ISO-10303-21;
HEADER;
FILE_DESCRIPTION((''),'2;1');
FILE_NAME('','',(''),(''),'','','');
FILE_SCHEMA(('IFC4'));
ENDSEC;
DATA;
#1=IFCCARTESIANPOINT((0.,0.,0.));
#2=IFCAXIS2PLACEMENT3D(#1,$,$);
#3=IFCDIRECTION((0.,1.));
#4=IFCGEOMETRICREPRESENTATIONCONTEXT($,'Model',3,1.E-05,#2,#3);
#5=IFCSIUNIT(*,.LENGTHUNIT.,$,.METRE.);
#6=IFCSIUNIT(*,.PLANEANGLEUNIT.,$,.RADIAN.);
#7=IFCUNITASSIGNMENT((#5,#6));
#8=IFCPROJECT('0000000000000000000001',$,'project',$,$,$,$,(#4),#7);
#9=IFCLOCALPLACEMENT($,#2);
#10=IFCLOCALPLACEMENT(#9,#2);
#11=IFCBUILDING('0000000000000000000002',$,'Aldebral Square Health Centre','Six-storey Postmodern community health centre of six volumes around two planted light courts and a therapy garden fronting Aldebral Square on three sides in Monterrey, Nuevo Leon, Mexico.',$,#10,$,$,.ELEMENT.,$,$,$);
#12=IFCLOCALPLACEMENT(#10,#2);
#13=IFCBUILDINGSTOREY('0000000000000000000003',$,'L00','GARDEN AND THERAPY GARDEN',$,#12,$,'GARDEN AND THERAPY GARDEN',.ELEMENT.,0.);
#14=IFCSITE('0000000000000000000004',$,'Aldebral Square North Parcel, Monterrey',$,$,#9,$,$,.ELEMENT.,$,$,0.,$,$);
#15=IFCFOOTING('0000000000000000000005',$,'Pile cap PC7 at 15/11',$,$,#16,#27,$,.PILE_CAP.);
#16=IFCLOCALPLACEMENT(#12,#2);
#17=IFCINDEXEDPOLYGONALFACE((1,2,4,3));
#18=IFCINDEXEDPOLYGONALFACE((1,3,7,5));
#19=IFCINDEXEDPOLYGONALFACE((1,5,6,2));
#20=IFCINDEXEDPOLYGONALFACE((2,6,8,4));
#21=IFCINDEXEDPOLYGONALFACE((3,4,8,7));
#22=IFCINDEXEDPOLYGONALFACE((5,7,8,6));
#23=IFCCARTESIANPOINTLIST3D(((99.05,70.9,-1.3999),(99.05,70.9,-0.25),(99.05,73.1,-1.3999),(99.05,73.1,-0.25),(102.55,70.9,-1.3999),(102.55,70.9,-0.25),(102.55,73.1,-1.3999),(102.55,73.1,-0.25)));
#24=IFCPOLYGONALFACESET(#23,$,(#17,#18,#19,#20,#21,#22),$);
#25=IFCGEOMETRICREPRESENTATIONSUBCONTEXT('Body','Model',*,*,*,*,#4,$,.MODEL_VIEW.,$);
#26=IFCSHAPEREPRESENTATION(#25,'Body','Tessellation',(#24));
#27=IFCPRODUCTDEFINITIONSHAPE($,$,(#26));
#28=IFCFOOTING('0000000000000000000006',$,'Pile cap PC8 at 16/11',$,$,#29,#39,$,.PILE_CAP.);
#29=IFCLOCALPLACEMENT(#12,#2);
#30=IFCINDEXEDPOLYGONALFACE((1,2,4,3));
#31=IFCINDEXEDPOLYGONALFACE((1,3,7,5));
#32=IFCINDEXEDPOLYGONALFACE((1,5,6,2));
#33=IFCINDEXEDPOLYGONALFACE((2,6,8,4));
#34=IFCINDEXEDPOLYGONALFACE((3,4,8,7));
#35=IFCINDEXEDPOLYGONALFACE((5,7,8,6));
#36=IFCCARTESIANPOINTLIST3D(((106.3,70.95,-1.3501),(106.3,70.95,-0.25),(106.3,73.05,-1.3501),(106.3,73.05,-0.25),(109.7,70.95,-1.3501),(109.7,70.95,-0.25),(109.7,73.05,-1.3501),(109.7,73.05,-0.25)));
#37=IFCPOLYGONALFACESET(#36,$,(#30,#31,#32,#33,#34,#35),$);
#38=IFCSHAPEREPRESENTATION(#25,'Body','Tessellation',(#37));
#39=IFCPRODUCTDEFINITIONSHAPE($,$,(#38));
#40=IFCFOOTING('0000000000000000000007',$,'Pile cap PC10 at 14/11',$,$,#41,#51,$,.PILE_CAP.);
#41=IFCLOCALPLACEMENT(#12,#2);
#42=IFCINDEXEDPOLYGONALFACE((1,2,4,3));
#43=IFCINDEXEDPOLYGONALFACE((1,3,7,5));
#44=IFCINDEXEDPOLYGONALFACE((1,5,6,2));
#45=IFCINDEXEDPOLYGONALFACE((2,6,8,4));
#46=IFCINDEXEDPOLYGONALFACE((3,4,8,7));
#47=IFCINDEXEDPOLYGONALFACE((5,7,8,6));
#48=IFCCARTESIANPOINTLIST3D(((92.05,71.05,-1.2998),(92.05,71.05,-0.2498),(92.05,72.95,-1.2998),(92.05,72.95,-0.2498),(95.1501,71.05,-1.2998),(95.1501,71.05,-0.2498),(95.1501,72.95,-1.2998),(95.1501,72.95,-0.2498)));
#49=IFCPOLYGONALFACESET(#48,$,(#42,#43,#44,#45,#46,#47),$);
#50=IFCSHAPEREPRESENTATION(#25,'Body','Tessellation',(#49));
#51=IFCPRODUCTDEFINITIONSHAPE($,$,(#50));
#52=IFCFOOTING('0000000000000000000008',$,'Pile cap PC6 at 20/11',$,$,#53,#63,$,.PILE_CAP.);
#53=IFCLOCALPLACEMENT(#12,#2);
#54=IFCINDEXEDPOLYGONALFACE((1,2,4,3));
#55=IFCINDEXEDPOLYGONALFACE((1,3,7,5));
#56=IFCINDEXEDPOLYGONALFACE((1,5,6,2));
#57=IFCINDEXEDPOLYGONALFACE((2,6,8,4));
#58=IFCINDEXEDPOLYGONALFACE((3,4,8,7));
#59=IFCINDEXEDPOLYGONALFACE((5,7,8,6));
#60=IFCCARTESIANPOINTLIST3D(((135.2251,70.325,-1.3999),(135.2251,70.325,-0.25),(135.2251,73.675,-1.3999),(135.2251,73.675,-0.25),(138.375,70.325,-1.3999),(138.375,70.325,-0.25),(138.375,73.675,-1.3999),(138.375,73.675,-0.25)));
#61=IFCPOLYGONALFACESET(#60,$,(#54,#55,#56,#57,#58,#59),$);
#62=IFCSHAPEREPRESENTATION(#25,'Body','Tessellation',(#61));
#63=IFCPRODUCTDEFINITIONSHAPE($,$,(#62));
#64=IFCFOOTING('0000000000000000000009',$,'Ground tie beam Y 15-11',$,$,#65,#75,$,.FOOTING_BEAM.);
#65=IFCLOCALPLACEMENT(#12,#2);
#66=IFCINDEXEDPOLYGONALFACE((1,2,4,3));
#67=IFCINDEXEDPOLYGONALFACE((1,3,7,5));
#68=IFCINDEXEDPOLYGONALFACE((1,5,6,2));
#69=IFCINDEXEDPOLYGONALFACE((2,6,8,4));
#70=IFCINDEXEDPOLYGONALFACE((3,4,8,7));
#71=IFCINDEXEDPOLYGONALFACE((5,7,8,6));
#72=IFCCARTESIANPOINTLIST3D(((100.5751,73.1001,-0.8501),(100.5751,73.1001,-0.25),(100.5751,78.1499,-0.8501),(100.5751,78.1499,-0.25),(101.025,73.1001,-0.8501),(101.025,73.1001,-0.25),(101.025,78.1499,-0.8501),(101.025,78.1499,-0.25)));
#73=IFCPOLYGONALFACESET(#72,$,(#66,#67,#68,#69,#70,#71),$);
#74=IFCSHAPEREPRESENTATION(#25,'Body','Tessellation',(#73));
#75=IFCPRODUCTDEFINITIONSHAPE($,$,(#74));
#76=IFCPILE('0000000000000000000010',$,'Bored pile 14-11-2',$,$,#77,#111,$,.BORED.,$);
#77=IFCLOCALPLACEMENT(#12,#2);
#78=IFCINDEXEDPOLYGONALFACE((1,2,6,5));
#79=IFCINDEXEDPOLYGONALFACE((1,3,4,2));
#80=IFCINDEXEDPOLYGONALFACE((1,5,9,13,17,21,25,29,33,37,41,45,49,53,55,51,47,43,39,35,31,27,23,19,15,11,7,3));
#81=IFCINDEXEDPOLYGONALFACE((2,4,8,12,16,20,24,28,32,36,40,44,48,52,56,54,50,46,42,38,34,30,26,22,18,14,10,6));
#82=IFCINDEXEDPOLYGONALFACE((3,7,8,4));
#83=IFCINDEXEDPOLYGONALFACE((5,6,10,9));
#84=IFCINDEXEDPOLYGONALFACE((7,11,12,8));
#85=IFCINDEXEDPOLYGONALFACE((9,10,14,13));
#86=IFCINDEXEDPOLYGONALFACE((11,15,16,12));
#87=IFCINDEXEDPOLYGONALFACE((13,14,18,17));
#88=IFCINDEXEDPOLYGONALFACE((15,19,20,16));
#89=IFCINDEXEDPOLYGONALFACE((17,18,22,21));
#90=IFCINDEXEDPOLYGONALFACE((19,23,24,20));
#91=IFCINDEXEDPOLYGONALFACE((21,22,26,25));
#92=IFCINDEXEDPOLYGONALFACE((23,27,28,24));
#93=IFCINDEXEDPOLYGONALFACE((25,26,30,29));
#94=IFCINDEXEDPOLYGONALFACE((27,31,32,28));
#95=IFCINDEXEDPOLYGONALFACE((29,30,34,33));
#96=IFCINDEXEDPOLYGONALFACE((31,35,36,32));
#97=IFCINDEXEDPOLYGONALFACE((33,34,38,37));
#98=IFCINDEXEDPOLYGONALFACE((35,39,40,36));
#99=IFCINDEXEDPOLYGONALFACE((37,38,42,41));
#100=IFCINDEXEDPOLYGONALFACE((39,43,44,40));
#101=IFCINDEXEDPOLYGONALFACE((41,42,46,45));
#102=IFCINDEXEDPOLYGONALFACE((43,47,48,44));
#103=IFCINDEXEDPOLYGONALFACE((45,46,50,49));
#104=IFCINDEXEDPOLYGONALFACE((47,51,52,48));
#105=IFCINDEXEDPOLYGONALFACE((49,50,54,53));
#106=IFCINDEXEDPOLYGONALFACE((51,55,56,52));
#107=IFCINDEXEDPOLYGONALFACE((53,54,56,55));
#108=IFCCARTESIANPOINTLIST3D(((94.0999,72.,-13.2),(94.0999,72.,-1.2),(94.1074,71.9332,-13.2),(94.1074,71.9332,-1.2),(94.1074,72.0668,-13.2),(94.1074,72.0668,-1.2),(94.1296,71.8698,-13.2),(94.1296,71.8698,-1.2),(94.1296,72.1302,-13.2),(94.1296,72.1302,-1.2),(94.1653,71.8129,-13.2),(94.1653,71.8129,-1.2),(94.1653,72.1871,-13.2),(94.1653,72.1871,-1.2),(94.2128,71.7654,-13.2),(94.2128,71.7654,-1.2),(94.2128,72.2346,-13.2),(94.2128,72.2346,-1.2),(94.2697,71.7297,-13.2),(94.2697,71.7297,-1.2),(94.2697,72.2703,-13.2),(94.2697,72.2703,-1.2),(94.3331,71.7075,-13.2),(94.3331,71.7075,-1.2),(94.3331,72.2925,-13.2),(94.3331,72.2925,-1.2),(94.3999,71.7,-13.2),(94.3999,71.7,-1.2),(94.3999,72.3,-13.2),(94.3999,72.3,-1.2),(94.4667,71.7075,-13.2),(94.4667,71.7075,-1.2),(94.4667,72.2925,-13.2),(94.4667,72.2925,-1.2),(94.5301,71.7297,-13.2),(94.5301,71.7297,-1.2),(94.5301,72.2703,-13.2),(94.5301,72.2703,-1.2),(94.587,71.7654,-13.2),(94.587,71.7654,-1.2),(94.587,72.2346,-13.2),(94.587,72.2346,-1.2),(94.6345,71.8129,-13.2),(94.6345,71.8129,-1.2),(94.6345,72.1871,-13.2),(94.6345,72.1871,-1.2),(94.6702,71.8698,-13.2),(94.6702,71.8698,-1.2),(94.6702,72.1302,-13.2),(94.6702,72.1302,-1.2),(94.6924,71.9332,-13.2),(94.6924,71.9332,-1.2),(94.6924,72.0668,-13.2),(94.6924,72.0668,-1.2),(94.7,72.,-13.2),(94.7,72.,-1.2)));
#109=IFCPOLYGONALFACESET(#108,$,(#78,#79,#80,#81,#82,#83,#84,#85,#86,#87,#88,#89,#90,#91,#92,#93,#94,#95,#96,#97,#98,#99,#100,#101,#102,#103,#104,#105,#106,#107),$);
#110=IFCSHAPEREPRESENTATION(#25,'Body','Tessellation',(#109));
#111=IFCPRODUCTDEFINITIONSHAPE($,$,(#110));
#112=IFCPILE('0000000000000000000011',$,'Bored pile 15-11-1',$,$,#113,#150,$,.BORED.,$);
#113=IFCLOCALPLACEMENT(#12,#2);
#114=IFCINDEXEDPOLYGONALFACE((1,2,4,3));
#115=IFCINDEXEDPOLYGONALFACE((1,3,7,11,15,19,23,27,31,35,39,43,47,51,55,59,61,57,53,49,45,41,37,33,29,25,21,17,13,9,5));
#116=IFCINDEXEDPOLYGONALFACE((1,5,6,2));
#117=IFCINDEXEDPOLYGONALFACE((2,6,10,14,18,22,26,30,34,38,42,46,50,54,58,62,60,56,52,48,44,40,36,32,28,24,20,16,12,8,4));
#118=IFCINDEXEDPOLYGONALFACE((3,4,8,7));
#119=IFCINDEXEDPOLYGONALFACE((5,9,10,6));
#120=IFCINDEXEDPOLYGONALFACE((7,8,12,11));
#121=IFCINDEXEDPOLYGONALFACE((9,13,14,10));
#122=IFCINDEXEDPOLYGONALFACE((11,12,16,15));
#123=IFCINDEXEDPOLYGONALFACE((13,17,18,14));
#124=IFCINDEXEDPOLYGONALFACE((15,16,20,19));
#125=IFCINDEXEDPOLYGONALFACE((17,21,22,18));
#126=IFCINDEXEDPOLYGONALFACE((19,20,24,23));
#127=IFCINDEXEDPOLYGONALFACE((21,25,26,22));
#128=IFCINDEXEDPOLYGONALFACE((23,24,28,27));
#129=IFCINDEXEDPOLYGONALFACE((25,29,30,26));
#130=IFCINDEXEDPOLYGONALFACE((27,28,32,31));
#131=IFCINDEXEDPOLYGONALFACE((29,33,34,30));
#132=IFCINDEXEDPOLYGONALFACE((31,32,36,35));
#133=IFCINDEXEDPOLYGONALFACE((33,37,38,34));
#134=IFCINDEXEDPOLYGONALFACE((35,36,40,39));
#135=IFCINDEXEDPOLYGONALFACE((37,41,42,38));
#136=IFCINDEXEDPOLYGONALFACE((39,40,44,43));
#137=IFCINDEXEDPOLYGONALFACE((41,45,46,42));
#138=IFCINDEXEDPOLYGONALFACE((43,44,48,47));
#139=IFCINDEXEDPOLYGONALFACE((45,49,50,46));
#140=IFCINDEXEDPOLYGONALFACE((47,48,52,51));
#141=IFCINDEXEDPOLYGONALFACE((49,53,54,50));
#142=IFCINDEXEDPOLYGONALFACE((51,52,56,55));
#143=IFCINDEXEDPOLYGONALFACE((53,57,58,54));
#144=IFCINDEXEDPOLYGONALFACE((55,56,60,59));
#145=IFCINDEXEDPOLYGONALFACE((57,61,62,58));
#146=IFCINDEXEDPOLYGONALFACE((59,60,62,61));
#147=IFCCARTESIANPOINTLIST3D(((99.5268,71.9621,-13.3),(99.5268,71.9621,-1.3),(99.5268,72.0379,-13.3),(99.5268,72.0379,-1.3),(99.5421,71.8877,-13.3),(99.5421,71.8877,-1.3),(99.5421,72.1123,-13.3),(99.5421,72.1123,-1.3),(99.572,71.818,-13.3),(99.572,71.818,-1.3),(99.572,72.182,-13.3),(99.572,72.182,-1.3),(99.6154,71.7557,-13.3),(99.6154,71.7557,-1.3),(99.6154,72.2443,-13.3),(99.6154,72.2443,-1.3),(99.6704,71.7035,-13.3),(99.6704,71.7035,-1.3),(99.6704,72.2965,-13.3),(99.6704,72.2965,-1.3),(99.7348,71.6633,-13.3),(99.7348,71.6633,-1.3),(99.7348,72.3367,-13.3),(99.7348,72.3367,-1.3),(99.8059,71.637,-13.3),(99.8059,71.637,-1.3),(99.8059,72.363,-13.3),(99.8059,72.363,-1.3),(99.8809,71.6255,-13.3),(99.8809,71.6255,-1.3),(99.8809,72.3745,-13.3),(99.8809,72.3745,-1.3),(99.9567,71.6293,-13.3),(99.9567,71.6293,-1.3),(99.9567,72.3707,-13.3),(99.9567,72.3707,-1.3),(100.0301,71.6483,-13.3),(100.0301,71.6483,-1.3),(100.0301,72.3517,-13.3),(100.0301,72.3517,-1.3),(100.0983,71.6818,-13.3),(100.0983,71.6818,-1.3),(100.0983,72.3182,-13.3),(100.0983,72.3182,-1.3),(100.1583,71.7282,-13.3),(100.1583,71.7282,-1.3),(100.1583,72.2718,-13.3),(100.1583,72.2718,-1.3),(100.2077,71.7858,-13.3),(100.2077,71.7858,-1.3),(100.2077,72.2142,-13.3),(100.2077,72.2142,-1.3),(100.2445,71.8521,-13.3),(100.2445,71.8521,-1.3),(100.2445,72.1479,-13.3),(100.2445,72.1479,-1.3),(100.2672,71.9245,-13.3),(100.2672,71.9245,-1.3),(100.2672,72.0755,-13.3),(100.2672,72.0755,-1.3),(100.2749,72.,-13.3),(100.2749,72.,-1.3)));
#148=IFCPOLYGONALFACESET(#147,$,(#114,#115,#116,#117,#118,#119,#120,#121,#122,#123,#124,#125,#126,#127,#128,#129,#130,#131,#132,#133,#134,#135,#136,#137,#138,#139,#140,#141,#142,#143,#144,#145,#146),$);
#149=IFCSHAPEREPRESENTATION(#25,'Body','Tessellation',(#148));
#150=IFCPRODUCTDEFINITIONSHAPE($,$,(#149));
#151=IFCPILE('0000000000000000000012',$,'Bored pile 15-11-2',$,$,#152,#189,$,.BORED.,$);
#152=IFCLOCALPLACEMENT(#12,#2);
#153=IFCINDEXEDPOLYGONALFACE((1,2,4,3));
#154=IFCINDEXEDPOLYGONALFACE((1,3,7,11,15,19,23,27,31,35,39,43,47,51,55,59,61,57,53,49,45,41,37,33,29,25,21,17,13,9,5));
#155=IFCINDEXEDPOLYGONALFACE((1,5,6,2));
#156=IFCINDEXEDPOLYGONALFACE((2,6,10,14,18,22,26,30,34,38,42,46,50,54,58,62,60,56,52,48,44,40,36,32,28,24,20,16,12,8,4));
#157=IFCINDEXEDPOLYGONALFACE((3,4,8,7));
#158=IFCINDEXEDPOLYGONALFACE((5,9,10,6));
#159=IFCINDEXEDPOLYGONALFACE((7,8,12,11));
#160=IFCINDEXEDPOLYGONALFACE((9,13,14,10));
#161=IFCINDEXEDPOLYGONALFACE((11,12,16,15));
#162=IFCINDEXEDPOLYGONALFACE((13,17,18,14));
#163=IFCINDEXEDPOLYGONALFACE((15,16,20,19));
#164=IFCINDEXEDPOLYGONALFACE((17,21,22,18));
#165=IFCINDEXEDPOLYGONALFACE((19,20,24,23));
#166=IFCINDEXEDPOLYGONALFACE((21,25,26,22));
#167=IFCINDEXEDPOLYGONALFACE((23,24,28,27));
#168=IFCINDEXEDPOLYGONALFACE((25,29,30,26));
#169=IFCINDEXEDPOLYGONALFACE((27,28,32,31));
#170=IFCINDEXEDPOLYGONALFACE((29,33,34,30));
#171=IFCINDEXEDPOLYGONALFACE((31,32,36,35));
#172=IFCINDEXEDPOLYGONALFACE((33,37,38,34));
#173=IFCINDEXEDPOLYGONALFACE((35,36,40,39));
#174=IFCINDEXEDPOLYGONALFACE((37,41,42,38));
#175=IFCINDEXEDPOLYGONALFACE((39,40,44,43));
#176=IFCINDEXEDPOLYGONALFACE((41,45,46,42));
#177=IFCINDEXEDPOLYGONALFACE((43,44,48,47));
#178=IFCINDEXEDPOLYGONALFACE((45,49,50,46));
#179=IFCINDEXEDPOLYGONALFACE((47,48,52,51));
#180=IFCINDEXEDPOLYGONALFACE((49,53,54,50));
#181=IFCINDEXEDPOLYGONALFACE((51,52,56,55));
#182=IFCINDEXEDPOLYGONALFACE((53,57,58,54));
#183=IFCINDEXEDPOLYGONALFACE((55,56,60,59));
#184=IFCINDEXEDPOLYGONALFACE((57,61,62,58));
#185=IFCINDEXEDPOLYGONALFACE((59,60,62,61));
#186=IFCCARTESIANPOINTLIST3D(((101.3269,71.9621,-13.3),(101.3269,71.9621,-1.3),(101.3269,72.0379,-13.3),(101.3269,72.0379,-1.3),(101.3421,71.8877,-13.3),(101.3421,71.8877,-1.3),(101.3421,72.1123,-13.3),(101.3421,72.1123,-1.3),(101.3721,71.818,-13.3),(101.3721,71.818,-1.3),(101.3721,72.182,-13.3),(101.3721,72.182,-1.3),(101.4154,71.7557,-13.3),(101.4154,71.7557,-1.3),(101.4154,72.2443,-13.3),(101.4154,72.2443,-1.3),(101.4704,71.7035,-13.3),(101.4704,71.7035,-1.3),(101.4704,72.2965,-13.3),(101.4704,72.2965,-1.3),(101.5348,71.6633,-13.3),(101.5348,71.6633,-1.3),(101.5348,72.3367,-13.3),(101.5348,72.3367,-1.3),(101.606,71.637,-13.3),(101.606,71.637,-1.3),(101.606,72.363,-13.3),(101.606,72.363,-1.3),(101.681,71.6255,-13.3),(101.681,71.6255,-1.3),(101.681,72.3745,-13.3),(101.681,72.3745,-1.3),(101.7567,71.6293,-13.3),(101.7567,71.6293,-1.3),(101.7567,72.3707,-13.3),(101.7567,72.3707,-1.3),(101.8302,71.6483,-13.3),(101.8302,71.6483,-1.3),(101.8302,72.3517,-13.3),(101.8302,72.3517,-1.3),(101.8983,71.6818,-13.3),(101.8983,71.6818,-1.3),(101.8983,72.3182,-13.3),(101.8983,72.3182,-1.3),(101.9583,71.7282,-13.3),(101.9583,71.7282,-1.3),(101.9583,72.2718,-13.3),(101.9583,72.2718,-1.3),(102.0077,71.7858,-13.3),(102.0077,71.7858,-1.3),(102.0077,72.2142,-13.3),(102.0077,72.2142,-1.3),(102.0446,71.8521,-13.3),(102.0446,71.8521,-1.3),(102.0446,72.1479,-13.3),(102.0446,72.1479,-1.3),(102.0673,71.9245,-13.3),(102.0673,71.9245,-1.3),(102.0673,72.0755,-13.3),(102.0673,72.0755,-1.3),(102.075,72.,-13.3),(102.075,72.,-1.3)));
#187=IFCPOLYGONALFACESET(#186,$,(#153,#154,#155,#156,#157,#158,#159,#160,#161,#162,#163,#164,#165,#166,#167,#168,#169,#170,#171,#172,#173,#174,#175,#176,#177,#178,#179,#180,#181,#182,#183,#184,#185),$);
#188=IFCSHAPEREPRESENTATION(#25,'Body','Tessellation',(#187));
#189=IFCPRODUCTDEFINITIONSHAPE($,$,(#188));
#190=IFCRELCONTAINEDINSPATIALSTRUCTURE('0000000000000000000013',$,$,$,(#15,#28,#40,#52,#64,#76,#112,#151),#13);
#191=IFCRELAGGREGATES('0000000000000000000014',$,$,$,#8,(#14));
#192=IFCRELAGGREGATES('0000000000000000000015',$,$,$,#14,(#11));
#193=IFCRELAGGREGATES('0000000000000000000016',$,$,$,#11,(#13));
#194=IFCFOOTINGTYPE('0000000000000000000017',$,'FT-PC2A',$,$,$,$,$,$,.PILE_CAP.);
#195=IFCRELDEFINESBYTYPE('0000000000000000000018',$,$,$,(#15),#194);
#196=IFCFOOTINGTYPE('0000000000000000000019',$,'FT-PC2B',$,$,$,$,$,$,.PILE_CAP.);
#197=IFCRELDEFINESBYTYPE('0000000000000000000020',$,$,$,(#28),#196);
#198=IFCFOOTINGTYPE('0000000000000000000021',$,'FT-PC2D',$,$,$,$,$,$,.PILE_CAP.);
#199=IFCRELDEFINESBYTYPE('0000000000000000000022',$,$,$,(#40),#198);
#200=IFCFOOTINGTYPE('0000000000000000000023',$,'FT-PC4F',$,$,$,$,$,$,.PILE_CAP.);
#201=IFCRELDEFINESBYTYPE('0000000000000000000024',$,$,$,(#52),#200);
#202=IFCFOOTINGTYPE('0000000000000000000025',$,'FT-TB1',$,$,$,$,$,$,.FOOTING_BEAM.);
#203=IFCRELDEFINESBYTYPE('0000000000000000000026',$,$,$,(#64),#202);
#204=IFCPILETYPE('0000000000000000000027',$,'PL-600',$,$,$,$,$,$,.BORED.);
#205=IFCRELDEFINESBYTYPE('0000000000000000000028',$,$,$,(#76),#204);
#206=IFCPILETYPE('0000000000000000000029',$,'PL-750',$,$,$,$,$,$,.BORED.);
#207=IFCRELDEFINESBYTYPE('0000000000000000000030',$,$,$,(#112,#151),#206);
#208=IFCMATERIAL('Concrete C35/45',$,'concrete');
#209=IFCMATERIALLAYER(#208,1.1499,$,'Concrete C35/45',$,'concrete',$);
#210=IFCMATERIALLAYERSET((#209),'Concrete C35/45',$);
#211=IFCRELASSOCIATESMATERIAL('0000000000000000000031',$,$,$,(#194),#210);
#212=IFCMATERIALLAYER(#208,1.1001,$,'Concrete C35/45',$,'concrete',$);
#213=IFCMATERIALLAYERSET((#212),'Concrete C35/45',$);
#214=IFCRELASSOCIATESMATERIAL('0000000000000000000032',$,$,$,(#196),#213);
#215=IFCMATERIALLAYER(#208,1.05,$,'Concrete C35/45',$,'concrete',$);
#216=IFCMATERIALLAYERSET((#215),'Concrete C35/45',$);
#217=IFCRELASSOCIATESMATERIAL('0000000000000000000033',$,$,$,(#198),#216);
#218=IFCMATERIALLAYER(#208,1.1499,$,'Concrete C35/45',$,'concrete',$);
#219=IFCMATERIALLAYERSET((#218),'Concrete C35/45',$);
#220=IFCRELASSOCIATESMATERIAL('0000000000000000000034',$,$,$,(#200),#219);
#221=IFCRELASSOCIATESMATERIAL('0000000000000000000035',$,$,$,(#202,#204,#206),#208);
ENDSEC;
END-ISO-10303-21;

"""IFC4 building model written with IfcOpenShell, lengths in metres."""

from ifc_helpers import new_model, si_unit, direction, frame, origin, origin_2d, place, context, subcontext, project, spatial, rectangle, circle, extrude, material, layer, layer_set, material_profile, profile_set, type_object, element, save


model = new_model("IFC4")

# Units and contexts
model_context = context("Model", 3, precision=1e-05, world=origin(), true_north=direction((0.0, 1.0)))
body_context = subcontext(model_context, "Body", "Model", "MODEL_VIEW")
ifc_project = project(units=[si_unit("LENGTHUNIT", "METRE"), si_unit("PLANEANGLEUNIT", "RADIAN")], contexts=[model_context])

# Site, building, storey
site_placement = place(None, origin())
site = spatial("IfcSite", under=ifc_project, at=site_placement, Name="Aldebral Square North Parcel, Monterrey", CompositionType="ELEMENT", RefElevation=0.0)
building_placement = place(site_placement, origin())
building = spatial("IfcBuilding", under=site, at=building_placement, Name="Aldebral Square Health Centre", Description="Six-storey Postmodern community health centre of six volumes around two planted light courts and a therapy garden fronting Aldebral Square on three sides in Monterrey, Nuevo Leon, Mexico.", CompositionType="ELEMENT")
storey_placement = place(building_placement, origin())
storey = spatial("IfcBuildingStorey", under=building, at=storey_placement, Name="L00", Description="GARDEN AND THERAPY GARDEN", LongName="GARDEN AND THERAPY GARDEN", CompositionType="ELEMENT", Elevation=0.0)

# Footings
ifc_material_1 = material(Name="Concrete C35/45", Category="concrete")
ifc_layer_1 = layer(ifc_material_1, 1.1499, Name="Concrete C35/45", Category="concrete")
ifc_layer_set_1 = layer_set([ifc_layer_1], Name="Concrete C35/45")
footing_type_1 = type_object("IfcFootingType", Name="FT-PC2A", PredefinedType="PILE_CAP", material=ifc_layer_set_1)
footing_1_placement = place(storey_placement, frame((100.8, 72.0, -1.3999), z_axis=(0.0, 0.0, 1.0), x_axis=(1.0, 0.0, 0.0)))
element("IfcFooting", 1, at=footing_1_placement, inside=storey, type_object=footing_type_1, Name="Pile cap PC7 at 15/11", PredefinedType="PILE_CAP", context=body_context, shape_type="SweptSolid", body=[
    extrude(rectangle(XDim=3.5, YDim=2.2, at=origin_2d()), origin(), (0.0, 0.0, 1.0), 1.1499),
])
ifc_layer_2 = layer(ifc_material_1, 1.1001, Name="Concrete C35/45", Category="concrete")
ifc_layer_set_2 = layer_set([ifc_layer_2], Name="Concrete C35/45")
footing_type_2 = type_object("IfcFootingType", Name="FT-PC2B", PredefinedType="PILE_CAP", material=ifc_layer_set_2)
footing_2_placement = place(storey_placement, frame((108.0, 72.0, -1.3501), z_axis=(0.0, 0.0, 1.0), x_axis=(1.0, 0.0, 0.0)))
element("IfcFooting", 2, at=footing_2_placement, inside=storey, type_object=footing_type_2, Name="Pile cap PC8 at 16/11", PredefinedType="PILE_CAP", context=body_context, shape_type="SweptSolid", body=[
    extrude(rectangle(XDim=3.3999, YDim=2.1001, at=origin_2d()), origin(), (0.0, 0.0, 1.0), 1.1001),
])
ifc_layer_3 = layer(ifc_material_1, 1.05, Name="Concrete C35/45", Category="concrete")
ifc_layer_set_3 = layer_set([ifc_layer_3], Name="Concrete C35/45")
footing_type_3 = type_object("IfcFootingType", Name="FT-PC2D", PredefinedType="PILE_CAP", material=ifc_layer_set_3)
footing_3_placement = place(storey_placement, frame((93.6001, 72.0, -1.2998), z_axis=(0.0, 0.0, 1.0), x_axis=(1.0, 0.0, 0.0)))
element("IfcFooting", 3, at=footing_3_placement, inside=storey, type_object=footing_type_3, Name="Pile cap PC10 at 14/11", PredefinedType="PILE_CAP", context=body_context, shape_type="SweptSolid", body=[
    extrude(rectangle(XDim=3.1001, YDim=1.8999, at=origin_2d()), origin(), (0.0, 0.0, 1.0), 1.05),
])
ifc_layer_4 = layer(ifc_material_1, 1.1499, Name="Concrete C35/45", Category="concrete")
ifc_layer_set_4 = layer_set([ifc_layer_4], Name="Concrete C35/45")
footing_type_4 = type_object("IfcFootingType", Name="FT-PC4F", PredefinedType="PILE_CAP", material=ifc_layer_set_4)
footing_4_placement = place(storey_placement, frame((136.8, 72.0, -1.3999), z_axis=(0.0, 0.0, 1.0), x_axis=(1.0, 0.0, 0.0)))
element("IfcFooting", 4, at=footing_4_placement, inside=storey, type_object=footing_type_4, Name="Pile cap PC6 at 20/11", PredefinedType="PILE_CAP", context=body_context, shape_type="SweptSolid", body=[
    extrude(rectangle(XDim=3.1499, YDim=3.3501, at=origin_2d()), origin(), (0.0, 0.0, 1.0), 1.1499),
])
ifc_material_profile_1 = material_profile(ifc_material_1, rectangle(XDim=0.45, YDim=0.6001, at=origin_2d()), Name="RC 450x600")
ifc_profile_set_1 = profile_set([ifc_material_profile_1], Name="Concrete C35/45")
footing_type_5 = type_object("IfcFootingType", Name="FT-TB1", PredefinedType="FOOTING_BEAM", material=ifc_profile_set_1)
footing_5_placement = place(storey_placement, frame((100.8, 73.1001, -0.55), z_axis=(0.0, 1.0, 0.0), x_axis=(-1.0, 0.0, 0.0)))
element("IfcFooting", 5, at=footing_5_placement, inside=storey, type_object=footing_type_5, Name="Ground tie beam Y 15-11", PredefinedType="FOOTING_BEAM", context=body_context, shape_type="SweptSolid", body=[
    extrude(rectangle(XDim=0.45, YDim=0.6001, at=origin_2d()), origin(), (0.0, 0.0, 1.0), 5.0498),
])

# Piles
ifc_material_profile_2 = material_profile(ifc_material_1, circle(Radius=0.3, at=origin_2d()), Name="PILE D600")
ifc_profile_set_2 = profile_set([ifc_material_profile_2], Name="Concrete C35/45")
pile_type_1 = type_object("IfcPileType", Name="PL-600", PredefinedType="BORED", material=ifc_profile_set_2)
pile_1_placement = place(storey_placement, frame((94.3999, 72.0, -1.2), z_axis=(0.0, 0.0, -1.0), x_axis=(1.0, 0.0, 0.0)))
element("IfcPile", 6, at=pile_1_placement, inside=storey, type_object=pile_type_1, Name="Bored pile 14-11-2", PredefinedType="BORED", context=body_context, shape_type="SweptSolid", body=[
    extrude(circle(Radius=0.3, at=origin_2d()), origin(), (0.0, 0.0, 1.0), 12.0),
])
ifc_material_profile_3 = material_profile(ifc_material_1, circle(Radius=0.375, at=origin_2d()), Name="PILE D750")
ifc_profile_set_3 = profile_set([ifc_material_profile_3], Name="Concrete C35/45")
pile_type_2 = type_object("IfcPileType", Name="PL-750", PredefinedType="BORED", material=ifc_profile_set_3)
for number, where, z_axis, x_axis, name in (
    (7, (99.8999, 72.0, -1.3), (0.0, 0.0, -1.0), (1.0, 0.0, 0.0), "Bored pile 15-11-1"),
    (8, (101.7, 72.0, -1.3), (0.0, 0.0, -1.0), (1.0, 0.0, 0.0), "Bored pile 15-11-2"),
):
    element("IfcPile", number, at=place(storey_placement, frame(where, z_axis=z_axis, x_axis=x_axis)), inside=storey, type_object=pile_type_2, Name=name, PredefinedType="BORED", context=body_context, shape_type="SweptSolid", body=[
        extrude(circle(Radius=0.375, at=origin_2d()), origin(), (0.0, 0.0, 1.0), 12.0),
    ])

save(model, "model.ifc")
